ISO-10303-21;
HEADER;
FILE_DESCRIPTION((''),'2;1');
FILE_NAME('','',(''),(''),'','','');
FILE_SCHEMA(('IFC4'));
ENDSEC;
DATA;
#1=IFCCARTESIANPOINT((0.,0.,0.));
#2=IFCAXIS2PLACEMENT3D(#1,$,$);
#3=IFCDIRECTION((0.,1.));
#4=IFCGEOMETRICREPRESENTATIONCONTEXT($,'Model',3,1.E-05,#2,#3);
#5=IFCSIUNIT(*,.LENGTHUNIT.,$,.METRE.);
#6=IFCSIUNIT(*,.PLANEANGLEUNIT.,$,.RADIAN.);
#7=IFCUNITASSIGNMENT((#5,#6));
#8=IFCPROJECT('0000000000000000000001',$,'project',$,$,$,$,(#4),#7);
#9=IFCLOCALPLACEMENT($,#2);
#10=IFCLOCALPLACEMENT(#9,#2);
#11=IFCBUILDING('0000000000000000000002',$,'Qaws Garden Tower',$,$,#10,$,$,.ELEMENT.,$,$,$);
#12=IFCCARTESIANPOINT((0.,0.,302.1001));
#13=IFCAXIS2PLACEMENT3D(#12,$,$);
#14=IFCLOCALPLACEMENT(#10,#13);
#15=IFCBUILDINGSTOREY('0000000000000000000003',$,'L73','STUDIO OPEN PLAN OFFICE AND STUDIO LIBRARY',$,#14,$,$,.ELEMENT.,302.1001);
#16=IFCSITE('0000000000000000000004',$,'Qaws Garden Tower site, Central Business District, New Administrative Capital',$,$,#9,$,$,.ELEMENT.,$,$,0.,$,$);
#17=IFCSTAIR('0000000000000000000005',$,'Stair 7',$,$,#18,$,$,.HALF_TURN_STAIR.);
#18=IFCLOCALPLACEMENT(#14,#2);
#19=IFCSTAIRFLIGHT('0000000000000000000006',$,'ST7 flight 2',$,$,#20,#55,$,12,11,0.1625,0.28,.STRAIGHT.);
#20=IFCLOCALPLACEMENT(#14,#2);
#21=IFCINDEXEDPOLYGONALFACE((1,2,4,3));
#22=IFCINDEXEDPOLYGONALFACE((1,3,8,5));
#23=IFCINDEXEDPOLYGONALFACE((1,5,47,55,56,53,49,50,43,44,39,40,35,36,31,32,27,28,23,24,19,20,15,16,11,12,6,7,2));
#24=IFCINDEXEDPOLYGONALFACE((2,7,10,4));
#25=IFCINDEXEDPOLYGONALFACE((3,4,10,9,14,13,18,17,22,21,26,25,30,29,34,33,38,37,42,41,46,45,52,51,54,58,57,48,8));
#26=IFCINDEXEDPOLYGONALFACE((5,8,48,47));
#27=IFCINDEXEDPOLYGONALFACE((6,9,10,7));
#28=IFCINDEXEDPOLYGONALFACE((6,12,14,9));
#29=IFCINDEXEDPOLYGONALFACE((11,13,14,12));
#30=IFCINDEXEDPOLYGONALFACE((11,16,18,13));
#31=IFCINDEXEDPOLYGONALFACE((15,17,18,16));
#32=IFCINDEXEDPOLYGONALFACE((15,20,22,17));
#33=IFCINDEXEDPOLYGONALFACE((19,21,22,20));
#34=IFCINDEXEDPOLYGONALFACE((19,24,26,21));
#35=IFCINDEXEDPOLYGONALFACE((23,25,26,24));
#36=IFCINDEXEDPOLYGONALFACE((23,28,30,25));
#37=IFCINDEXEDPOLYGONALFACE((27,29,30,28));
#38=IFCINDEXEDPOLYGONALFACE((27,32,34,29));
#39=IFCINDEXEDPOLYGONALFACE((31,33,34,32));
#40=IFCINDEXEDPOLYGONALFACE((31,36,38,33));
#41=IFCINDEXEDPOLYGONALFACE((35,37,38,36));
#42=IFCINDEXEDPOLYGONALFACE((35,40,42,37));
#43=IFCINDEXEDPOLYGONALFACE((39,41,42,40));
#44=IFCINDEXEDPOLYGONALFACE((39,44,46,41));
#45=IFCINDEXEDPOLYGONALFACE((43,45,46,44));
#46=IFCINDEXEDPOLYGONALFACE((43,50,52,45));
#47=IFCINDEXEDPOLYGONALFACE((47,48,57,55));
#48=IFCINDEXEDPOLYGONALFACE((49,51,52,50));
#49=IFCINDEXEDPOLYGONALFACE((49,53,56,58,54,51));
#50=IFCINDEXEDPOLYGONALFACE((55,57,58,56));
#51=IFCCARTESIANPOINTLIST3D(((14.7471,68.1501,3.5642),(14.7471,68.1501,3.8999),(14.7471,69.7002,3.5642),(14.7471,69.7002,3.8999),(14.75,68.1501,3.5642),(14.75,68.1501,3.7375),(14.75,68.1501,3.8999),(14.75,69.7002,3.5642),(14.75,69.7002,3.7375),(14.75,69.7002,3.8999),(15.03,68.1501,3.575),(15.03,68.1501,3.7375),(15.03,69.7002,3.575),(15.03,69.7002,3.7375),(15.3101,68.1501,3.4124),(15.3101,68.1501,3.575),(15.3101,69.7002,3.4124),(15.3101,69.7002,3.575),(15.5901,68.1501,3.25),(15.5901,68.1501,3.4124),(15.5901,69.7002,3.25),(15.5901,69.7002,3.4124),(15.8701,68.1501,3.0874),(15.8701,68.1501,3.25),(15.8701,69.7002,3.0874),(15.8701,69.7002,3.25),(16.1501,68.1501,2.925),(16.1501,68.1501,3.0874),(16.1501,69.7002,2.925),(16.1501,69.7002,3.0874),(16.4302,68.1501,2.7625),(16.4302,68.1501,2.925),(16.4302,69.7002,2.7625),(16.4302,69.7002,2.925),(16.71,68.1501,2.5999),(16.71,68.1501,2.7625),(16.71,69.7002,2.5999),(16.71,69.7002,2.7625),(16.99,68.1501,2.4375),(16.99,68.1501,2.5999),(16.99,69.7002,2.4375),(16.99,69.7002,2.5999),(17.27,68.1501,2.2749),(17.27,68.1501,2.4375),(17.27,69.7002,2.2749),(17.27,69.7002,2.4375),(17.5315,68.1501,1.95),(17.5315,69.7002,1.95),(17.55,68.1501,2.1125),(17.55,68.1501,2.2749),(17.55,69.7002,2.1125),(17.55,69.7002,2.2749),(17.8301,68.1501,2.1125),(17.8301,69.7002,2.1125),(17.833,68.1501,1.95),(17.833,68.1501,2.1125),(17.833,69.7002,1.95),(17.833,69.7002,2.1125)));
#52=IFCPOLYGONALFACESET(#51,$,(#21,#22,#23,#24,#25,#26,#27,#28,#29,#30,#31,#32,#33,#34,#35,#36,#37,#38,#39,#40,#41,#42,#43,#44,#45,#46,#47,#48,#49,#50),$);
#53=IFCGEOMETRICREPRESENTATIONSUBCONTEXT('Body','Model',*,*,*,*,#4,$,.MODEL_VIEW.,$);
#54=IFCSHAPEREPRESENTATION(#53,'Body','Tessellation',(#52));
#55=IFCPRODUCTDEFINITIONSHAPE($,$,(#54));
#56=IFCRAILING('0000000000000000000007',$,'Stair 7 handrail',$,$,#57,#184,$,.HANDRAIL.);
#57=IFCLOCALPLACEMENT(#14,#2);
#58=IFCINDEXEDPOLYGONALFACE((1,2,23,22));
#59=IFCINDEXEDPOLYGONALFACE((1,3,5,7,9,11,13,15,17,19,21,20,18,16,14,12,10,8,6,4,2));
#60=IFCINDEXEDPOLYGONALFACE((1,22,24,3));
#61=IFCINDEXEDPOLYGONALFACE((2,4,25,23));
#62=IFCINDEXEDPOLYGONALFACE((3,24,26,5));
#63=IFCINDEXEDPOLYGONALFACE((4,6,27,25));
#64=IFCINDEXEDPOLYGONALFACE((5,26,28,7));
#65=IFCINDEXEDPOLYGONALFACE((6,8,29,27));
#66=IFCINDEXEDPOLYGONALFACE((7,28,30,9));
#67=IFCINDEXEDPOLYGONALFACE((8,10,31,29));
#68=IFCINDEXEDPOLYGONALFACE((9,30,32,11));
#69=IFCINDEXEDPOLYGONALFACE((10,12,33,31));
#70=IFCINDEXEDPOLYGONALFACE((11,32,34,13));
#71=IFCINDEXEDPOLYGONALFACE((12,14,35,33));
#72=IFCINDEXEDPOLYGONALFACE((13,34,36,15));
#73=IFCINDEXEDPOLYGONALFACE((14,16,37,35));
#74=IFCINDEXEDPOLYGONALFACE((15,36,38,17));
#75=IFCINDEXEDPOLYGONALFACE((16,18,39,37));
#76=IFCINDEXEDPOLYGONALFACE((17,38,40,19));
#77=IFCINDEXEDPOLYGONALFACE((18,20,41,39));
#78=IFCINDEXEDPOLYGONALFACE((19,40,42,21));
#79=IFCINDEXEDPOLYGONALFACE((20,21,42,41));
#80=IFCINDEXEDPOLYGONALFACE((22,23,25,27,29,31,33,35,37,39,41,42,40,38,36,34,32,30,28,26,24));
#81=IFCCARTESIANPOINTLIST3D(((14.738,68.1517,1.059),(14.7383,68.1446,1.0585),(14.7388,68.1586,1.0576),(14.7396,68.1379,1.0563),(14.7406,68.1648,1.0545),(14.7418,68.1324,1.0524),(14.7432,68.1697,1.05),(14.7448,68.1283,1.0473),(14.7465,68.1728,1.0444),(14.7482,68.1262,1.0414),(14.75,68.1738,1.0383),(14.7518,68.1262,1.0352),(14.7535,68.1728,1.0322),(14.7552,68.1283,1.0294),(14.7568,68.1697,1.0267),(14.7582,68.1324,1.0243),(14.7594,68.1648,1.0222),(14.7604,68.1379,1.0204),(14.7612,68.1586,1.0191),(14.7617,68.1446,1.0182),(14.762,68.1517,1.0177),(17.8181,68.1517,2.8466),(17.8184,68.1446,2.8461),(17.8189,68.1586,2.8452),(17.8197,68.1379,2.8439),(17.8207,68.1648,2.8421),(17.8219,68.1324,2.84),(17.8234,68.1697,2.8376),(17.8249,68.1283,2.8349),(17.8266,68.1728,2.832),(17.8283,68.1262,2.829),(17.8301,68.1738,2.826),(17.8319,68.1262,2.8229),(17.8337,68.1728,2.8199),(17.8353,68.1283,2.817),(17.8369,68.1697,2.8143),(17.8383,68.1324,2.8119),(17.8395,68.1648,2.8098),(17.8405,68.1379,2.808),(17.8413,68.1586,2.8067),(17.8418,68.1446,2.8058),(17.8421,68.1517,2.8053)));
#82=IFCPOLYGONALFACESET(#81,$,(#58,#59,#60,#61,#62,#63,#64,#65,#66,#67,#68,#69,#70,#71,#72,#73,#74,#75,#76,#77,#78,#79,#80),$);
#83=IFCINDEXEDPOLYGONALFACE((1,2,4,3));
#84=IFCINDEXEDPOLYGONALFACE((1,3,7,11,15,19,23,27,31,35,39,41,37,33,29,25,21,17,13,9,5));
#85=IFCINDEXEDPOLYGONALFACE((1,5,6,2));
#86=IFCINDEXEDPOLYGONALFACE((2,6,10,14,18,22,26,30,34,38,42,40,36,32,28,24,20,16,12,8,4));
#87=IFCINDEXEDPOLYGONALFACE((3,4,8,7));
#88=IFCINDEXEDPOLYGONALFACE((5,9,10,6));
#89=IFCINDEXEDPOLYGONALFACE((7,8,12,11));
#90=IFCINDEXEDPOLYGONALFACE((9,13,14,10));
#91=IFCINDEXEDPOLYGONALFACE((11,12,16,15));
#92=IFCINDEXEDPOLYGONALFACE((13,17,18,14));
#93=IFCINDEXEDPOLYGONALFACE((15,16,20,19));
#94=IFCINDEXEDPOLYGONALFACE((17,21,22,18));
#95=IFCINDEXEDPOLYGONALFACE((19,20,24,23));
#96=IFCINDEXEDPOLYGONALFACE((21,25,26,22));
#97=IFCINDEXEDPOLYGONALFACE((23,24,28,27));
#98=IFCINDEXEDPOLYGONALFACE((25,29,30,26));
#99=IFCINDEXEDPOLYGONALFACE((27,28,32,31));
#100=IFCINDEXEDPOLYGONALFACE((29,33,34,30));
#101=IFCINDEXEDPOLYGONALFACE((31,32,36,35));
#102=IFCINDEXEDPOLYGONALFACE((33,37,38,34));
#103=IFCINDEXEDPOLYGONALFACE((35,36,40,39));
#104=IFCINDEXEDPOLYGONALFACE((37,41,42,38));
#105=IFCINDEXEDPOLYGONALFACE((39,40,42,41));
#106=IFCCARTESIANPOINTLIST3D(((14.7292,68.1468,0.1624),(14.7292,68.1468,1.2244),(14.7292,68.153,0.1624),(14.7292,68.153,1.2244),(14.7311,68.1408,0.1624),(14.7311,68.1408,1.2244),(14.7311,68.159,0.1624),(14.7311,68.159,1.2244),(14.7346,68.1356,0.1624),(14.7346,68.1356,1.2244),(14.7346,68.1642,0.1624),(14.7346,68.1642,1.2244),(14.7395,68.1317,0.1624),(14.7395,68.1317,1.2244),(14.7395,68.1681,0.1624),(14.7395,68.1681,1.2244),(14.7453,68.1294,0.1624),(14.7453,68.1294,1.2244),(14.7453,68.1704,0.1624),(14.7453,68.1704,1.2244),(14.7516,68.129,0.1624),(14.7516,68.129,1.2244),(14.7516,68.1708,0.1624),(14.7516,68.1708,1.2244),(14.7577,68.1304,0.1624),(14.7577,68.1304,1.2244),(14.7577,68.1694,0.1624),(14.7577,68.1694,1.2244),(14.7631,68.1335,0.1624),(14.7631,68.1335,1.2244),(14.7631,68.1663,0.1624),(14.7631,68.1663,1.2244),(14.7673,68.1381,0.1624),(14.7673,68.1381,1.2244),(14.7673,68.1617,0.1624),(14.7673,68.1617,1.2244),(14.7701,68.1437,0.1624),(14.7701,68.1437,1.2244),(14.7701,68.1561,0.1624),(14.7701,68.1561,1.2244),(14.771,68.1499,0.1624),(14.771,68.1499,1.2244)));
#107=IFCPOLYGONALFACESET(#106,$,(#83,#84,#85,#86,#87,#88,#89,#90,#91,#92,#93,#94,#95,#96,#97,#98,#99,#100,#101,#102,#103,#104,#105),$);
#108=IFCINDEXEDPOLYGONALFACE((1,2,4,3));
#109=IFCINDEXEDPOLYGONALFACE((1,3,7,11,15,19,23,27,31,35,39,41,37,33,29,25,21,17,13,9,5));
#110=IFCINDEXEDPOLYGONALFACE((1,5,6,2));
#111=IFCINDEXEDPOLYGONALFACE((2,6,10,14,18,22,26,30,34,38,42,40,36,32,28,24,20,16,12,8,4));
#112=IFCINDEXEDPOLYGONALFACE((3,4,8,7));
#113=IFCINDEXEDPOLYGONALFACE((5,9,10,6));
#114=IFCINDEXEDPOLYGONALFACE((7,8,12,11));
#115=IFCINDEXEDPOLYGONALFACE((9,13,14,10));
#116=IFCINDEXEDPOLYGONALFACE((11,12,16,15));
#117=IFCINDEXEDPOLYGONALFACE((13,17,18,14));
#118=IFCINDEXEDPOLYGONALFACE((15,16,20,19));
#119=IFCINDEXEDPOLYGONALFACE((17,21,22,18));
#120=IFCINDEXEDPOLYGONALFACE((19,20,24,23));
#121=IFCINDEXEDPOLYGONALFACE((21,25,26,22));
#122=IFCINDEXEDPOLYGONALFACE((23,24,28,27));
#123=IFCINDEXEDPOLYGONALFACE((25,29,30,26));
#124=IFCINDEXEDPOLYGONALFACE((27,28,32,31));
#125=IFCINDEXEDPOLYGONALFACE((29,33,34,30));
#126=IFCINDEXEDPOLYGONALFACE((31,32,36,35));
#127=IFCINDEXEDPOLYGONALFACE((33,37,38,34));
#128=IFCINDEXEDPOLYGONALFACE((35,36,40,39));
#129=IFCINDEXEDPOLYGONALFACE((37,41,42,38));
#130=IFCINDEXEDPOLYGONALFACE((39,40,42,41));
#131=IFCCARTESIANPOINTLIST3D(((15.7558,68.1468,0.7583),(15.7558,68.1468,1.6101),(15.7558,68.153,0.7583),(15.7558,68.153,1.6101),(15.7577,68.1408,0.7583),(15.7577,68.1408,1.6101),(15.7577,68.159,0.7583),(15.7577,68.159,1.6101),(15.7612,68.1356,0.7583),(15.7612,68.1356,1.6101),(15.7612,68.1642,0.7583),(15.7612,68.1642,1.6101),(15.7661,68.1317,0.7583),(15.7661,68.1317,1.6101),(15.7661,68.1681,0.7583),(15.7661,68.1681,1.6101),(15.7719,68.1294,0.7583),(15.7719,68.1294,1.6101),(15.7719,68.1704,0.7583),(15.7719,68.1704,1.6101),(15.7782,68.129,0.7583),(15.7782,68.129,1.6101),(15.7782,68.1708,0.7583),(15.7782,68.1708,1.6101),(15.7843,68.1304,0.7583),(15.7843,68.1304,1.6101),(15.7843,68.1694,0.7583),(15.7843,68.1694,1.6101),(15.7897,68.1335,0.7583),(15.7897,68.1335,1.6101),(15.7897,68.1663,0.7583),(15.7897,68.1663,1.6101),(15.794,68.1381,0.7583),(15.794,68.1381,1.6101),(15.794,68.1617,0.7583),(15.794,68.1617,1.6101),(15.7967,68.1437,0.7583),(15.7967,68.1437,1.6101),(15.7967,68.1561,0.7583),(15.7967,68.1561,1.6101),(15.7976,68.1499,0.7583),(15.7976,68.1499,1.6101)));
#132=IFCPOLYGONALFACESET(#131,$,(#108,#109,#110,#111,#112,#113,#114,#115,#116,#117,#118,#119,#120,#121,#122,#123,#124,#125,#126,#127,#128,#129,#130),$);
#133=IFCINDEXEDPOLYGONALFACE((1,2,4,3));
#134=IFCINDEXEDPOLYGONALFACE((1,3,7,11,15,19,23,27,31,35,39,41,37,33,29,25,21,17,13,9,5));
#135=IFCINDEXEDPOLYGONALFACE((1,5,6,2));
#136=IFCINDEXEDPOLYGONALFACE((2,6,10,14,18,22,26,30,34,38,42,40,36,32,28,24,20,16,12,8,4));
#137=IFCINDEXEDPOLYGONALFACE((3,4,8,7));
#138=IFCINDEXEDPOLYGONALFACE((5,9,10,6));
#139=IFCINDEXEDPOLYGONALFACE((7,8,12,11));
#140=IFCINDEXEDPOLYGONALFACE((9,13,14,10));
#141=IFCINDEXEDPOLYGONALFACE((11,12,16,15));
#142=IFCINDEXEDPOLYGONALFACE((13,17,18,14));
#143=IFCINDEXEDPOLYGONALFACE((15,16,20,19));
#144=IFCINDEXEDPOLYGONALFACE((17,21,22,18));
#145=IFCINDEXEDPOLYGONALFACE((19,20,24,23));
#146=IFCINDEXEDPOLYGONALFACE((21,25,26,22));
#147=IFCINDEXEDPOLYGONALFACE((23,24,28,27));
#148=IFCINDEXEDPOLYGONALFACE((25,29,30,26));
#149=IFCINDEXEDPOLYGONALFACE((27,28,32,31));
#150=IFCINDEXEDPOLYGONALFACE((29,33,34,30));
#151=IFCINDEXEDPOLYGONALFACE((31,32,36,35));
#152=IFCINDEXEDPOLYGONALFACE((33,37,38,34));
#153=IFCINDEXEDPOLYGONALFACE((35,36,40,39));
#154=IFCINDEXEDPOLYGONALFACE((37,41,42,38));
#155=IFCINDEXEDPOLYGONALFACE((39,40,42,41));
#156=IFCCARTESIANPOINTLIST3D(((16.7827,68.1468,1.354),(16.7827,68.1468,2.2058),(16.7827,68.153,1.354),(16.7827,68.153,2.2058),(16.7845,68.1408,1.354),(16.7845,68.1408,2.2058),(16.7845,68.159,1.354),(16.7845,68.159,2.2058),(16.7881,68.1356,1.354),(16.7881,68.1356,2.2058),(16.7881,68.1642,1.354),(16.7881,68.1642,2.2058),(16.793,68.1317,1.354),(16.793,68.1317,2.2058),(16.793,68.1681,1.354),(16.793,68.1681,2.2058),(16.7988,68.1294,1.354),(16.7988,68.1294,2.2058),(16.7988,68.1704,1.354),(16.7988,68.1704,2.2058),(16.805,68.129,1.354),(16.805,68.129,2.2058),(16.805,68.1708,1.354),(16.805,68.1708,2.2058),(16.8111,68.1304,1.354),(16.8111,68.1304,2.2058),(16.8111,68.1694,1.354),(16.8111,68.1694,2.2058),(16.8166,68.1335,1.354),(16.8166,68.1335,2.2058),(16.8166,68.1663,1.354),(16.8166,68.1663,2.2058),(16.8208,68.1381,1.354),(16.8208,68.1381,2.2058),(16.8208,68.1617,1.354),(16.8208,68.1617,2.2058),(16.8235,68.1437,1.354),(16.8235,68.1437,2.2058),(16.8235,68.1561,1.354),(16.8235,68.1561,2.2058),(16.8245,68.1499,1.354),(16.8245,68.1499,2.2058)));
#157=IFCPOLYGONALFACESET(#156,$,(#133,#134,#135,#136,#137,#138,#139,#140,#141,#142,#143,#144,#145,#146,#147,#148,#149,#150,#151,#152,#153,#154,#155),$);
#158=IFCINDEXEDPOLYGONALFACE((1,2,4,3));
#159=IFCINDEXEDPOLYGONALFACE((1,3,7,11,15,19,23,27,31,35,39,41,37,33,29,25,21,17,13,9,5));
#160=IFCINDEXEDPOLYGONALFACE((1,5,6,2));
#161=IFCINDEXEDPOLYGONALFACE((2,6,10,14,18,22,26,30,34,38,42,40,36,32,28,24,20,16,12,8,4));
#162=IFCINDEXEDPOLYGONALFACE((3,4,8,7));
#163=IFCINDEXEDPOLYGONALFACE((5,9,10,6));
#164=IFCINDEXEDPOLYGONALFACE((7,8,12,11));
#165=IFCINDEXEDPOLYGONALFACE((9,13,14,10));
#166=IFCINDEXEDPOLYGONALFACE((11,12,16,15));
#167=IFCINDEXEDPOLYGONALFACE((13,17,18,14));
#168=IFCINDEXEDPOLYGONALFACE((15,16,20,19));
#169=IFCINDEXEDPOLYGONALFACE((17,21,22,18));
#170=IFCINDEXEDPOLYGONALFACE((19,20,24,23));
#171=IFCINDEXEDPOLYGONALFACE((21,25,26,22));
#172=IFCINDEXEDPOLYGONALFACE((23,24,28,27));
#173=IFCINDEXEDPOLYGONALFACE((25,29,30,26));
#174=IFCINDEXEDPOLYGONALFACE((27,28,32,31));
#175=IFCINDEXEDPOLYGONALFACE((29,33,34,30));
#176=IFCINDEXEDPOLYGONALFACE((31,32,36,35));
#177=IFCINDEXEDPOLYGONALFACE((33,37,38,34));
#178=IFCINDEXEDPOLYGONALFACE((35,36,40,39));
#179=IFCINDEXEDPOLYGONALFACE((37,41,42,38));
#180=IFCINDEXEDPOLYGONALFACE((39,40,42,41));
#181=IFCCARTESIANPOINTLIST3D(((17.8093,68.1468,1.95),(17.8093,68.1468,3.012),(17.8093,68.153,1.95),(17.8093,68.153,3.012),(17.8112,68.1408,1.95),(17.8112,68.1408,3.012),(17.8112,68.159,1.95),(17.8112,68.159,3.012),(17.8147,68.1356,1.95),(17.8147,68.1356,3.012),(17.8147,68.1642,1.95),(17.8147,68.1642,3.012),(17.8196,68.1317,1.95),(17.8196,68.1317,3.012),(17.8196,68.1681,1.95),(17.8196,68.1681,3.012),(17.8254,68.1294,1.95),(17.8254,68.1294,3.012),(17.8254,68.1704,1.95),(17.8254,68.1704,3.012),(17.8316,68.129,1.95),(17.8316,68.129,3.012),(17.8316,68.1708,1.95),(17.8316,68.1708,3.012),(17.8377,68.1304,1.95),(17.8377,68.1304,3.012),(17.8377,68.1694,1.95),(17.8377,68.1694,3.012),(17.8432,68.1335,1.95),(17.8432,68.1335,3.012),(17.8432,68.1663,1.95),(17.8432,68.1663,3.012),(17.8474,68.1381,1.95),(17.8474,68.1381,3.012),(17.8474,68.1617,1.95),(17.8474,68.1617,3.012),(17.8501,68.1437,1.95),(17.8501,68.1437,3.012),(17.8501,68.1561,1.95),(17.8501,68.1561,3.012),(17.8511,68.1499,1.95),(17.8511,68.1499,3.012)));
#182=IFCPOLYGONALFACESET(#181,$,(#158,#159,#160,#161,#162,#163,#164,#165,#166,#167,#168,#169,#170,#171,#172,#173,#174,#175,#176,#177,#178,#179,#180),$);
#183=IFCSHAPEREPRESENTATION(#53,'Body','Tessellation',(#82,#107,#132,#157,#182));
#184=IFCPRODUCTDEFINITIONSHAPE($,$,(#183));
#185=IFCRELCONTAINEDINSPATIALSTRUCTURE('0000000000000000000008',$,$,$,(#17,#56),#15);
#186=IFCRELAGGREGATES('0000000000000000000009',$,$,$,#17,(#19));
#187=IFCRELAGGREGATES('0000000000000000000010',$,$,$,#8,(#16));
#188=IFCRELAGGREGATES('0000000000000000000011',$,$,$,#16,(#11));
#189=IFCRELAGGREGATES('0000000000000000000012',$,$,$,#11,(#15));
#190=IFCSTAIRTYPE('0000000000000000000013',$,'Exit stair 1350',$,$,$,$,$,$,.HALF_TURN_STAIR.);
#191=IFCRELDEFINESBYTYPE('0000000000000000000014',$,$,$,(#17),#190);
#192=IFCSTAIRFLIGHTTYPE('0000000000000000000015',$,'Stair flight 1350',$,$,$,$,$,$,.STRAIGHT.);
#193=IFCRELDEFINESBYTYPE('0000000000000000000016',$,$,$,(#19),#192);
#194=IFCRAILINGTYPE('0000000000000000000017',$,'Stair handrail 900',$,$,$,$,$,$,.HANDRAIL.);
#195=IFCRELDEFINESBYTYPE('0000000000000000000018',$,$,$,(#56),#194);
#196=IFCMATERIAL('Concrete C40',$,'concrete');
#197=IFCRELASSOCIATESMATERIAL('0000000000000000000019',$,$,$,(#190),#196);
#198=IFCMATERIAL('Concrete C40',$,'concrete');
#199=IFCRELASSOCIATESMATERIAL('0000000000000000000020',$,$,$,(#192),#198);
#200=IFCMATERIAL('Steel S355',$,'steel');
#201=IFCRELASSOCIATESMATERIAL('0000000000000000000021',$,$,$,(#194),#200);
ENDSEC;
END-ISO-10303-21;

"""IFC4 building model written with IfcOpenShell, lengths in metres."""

from ifc_helpers import new_model, si_unit, direction, frame, origin, origin_2d, place, context, subcontext, project, spatial, polyline, circle, outline, extrude, material, type_object, element, aggregate, save


model = new_model("IFC4")

# Units and contexts
model_context = context("Model", 3, precision=1e-05, world=origin(), true_north=direction((0.0, 1.0)))
body_context = subcontext(model_context, "Body", "Model", "MODEL_VIEW")
ifc_project = project(units=[si_unit("LENGTHUNIT", "METRE"), si_unit("PLANEANGLEUNIT", "RADIAN")], contexts=[model_context])

# Site, building, storey
site_placement = place(None, origin())
site = spatial("IfcSite", under=ifc_project, at=site_placement, Name="Qaws Garden Tower site, Central Business District, New Administrative Capital", CompositionType="ELEMENT", RefElevation=0.0)
building_placement = place(site_placement, origin())
building = spatial("IfcBuilding", under=site, at=building_placement, Name="Qaws Garden Tower", CompositionType="ELEMENT")
storey_placement = place(building_placement, frame((0.0, 0.0, 302.1001)))
storey = spatial("IfcBuildingStorey", under=building, at=storey_placement, Name="L73", Description="STUDIO OPEN PLAN OFFICE AND STUDIO LIBRARY", CompositionType="ELEMENT", Elevation=302.1001)

# Stair, stair flight
ifc_material_1 = material(Name="Concrete C40", Category="concrete")
stair_type = type_object("IfcStairType", Name="Exit stair 1350", PredefinedType="HALF_TURN_STAIR", material=ifc_material_1)
stair_placement = place(storey_placement, origin())
stair = element("IfcStair", 1, at=stair_placement, inside=storey, type_object=stair_type, Name="Stair 7", PredefinedType="HALF_TURN_STAIR")
ifc_material_2 = material(Name="Concrete C40", Category="concrete")
stair_flight_type = type_object("IfcStairFlightType", Name="Stair flight 1350", PredefinedType="STRAIGHT", material=ifc_material_2)
stair_flight_1_placement = place(storey_placement, frame((17.8301, 68.925, 1.95), z_axis=(0.0, 0.0, 1.0), x_axis=(-1.0, 0.0, 0.0)))
stair_flight_1 = element("IfcStairFlight", 2, at=stair_flight_1_placement, type_object=stair_flight_type, Name="ST7 flight 2", NumberOfRisers=12, NumberOfTreads=11, PredefinedType="STRAIGHT", RiserHeight=0.1625, TreadLength=0.28, context=body_context, shape_type="SweptSolid", body=[
    extrude(outline(polyline([(-0.0029, 0.0), (-0.0029, 0.1626), (0.0, 0.1626), (0.28, 0.1626), (0.28, 0.325), (0.5601, 0.325), (0.5601, 0.4875), (0.8401, 0.4875), (0.8401, 0.6499), (1.1201, 0.6499), (1.1201, 0.8125), (1.3999, 0.8125), (1.3999, 0.9751), (1.6799, 0.9751), (1.6799, 1.1375), (1.96, 1.1375), (1.96, 1.3), (2.24, 1.3), (2.24, 1.4624), (2.52, 1.4624), (2.52, 1.625), (2.8, 1.625), (2.8, 1.7876), (3.0801, 1.7876), (3.0801, 1.95), (3.083, 1.95), (3.083, 1.6143), (3.0801, 1.6143), (0.2986, 0.0), (-0.0029, 0.0)])), frame((0.0, 0.7749, 0.0), z_axis=(0.0, -1.0, 0.0), x_axis=(1.0, 0.0, 0.0)), (0.0, 0.0, 1.0), 1.55),
])
aggregate(stair, [stair_flight_1])

# Railing
ifc_material_3 = material(Name="Steel S355", Category="steel")
railing_type = type_object("IfcRailingType", Name="Stair handrail 900", PredefinedType="HANDRAIL", material=ifc_material_3)
railing_1_placement = place(storey_placement, frame((14.75, 68.1499, 0.1624)))
element("IfcRailing", 3, at=railing_1_placement, inside=storey, type_object=railing_type, Name="Stair 7 handrail", PredefinedType="HANDRAIL", context=body_context, shape_type="SweptSolid", body=[
    extrude(circle(Radius=0.0239, at=origin_2d()), frame((0.0, 0.0, 0.876), z_axis=(0.864891, 0.0, 0.50196), x_axis=(0.0, 1.0, 0.0)), (0.0, 0.0, 1.0), 3.5613),
    extrude(circle(Radius=0.021, at=origin_2d()), origin(), (0.0, 0.0, 1.0), 1.062),
    extrude(circle(Radius=0.021, at=origin_2d()), frame((1.0266, 0.0, 0.5959)), (0.0, 0.0, 1.0), 0.8518),
    extrude(circle(Radius=0.021, at=origin_2d()), frame((2.0535, 0.0, 1.1917)), (0.0, 0.0, 1.0), 0.8518),
    extrude(circle(Radius=0.021, at=origin_2d()), frame((3.0801, 0.0, 1.7876)), (0.0, 0.0, 1.0), 1.062),
])

save(model, "model.ifc")
